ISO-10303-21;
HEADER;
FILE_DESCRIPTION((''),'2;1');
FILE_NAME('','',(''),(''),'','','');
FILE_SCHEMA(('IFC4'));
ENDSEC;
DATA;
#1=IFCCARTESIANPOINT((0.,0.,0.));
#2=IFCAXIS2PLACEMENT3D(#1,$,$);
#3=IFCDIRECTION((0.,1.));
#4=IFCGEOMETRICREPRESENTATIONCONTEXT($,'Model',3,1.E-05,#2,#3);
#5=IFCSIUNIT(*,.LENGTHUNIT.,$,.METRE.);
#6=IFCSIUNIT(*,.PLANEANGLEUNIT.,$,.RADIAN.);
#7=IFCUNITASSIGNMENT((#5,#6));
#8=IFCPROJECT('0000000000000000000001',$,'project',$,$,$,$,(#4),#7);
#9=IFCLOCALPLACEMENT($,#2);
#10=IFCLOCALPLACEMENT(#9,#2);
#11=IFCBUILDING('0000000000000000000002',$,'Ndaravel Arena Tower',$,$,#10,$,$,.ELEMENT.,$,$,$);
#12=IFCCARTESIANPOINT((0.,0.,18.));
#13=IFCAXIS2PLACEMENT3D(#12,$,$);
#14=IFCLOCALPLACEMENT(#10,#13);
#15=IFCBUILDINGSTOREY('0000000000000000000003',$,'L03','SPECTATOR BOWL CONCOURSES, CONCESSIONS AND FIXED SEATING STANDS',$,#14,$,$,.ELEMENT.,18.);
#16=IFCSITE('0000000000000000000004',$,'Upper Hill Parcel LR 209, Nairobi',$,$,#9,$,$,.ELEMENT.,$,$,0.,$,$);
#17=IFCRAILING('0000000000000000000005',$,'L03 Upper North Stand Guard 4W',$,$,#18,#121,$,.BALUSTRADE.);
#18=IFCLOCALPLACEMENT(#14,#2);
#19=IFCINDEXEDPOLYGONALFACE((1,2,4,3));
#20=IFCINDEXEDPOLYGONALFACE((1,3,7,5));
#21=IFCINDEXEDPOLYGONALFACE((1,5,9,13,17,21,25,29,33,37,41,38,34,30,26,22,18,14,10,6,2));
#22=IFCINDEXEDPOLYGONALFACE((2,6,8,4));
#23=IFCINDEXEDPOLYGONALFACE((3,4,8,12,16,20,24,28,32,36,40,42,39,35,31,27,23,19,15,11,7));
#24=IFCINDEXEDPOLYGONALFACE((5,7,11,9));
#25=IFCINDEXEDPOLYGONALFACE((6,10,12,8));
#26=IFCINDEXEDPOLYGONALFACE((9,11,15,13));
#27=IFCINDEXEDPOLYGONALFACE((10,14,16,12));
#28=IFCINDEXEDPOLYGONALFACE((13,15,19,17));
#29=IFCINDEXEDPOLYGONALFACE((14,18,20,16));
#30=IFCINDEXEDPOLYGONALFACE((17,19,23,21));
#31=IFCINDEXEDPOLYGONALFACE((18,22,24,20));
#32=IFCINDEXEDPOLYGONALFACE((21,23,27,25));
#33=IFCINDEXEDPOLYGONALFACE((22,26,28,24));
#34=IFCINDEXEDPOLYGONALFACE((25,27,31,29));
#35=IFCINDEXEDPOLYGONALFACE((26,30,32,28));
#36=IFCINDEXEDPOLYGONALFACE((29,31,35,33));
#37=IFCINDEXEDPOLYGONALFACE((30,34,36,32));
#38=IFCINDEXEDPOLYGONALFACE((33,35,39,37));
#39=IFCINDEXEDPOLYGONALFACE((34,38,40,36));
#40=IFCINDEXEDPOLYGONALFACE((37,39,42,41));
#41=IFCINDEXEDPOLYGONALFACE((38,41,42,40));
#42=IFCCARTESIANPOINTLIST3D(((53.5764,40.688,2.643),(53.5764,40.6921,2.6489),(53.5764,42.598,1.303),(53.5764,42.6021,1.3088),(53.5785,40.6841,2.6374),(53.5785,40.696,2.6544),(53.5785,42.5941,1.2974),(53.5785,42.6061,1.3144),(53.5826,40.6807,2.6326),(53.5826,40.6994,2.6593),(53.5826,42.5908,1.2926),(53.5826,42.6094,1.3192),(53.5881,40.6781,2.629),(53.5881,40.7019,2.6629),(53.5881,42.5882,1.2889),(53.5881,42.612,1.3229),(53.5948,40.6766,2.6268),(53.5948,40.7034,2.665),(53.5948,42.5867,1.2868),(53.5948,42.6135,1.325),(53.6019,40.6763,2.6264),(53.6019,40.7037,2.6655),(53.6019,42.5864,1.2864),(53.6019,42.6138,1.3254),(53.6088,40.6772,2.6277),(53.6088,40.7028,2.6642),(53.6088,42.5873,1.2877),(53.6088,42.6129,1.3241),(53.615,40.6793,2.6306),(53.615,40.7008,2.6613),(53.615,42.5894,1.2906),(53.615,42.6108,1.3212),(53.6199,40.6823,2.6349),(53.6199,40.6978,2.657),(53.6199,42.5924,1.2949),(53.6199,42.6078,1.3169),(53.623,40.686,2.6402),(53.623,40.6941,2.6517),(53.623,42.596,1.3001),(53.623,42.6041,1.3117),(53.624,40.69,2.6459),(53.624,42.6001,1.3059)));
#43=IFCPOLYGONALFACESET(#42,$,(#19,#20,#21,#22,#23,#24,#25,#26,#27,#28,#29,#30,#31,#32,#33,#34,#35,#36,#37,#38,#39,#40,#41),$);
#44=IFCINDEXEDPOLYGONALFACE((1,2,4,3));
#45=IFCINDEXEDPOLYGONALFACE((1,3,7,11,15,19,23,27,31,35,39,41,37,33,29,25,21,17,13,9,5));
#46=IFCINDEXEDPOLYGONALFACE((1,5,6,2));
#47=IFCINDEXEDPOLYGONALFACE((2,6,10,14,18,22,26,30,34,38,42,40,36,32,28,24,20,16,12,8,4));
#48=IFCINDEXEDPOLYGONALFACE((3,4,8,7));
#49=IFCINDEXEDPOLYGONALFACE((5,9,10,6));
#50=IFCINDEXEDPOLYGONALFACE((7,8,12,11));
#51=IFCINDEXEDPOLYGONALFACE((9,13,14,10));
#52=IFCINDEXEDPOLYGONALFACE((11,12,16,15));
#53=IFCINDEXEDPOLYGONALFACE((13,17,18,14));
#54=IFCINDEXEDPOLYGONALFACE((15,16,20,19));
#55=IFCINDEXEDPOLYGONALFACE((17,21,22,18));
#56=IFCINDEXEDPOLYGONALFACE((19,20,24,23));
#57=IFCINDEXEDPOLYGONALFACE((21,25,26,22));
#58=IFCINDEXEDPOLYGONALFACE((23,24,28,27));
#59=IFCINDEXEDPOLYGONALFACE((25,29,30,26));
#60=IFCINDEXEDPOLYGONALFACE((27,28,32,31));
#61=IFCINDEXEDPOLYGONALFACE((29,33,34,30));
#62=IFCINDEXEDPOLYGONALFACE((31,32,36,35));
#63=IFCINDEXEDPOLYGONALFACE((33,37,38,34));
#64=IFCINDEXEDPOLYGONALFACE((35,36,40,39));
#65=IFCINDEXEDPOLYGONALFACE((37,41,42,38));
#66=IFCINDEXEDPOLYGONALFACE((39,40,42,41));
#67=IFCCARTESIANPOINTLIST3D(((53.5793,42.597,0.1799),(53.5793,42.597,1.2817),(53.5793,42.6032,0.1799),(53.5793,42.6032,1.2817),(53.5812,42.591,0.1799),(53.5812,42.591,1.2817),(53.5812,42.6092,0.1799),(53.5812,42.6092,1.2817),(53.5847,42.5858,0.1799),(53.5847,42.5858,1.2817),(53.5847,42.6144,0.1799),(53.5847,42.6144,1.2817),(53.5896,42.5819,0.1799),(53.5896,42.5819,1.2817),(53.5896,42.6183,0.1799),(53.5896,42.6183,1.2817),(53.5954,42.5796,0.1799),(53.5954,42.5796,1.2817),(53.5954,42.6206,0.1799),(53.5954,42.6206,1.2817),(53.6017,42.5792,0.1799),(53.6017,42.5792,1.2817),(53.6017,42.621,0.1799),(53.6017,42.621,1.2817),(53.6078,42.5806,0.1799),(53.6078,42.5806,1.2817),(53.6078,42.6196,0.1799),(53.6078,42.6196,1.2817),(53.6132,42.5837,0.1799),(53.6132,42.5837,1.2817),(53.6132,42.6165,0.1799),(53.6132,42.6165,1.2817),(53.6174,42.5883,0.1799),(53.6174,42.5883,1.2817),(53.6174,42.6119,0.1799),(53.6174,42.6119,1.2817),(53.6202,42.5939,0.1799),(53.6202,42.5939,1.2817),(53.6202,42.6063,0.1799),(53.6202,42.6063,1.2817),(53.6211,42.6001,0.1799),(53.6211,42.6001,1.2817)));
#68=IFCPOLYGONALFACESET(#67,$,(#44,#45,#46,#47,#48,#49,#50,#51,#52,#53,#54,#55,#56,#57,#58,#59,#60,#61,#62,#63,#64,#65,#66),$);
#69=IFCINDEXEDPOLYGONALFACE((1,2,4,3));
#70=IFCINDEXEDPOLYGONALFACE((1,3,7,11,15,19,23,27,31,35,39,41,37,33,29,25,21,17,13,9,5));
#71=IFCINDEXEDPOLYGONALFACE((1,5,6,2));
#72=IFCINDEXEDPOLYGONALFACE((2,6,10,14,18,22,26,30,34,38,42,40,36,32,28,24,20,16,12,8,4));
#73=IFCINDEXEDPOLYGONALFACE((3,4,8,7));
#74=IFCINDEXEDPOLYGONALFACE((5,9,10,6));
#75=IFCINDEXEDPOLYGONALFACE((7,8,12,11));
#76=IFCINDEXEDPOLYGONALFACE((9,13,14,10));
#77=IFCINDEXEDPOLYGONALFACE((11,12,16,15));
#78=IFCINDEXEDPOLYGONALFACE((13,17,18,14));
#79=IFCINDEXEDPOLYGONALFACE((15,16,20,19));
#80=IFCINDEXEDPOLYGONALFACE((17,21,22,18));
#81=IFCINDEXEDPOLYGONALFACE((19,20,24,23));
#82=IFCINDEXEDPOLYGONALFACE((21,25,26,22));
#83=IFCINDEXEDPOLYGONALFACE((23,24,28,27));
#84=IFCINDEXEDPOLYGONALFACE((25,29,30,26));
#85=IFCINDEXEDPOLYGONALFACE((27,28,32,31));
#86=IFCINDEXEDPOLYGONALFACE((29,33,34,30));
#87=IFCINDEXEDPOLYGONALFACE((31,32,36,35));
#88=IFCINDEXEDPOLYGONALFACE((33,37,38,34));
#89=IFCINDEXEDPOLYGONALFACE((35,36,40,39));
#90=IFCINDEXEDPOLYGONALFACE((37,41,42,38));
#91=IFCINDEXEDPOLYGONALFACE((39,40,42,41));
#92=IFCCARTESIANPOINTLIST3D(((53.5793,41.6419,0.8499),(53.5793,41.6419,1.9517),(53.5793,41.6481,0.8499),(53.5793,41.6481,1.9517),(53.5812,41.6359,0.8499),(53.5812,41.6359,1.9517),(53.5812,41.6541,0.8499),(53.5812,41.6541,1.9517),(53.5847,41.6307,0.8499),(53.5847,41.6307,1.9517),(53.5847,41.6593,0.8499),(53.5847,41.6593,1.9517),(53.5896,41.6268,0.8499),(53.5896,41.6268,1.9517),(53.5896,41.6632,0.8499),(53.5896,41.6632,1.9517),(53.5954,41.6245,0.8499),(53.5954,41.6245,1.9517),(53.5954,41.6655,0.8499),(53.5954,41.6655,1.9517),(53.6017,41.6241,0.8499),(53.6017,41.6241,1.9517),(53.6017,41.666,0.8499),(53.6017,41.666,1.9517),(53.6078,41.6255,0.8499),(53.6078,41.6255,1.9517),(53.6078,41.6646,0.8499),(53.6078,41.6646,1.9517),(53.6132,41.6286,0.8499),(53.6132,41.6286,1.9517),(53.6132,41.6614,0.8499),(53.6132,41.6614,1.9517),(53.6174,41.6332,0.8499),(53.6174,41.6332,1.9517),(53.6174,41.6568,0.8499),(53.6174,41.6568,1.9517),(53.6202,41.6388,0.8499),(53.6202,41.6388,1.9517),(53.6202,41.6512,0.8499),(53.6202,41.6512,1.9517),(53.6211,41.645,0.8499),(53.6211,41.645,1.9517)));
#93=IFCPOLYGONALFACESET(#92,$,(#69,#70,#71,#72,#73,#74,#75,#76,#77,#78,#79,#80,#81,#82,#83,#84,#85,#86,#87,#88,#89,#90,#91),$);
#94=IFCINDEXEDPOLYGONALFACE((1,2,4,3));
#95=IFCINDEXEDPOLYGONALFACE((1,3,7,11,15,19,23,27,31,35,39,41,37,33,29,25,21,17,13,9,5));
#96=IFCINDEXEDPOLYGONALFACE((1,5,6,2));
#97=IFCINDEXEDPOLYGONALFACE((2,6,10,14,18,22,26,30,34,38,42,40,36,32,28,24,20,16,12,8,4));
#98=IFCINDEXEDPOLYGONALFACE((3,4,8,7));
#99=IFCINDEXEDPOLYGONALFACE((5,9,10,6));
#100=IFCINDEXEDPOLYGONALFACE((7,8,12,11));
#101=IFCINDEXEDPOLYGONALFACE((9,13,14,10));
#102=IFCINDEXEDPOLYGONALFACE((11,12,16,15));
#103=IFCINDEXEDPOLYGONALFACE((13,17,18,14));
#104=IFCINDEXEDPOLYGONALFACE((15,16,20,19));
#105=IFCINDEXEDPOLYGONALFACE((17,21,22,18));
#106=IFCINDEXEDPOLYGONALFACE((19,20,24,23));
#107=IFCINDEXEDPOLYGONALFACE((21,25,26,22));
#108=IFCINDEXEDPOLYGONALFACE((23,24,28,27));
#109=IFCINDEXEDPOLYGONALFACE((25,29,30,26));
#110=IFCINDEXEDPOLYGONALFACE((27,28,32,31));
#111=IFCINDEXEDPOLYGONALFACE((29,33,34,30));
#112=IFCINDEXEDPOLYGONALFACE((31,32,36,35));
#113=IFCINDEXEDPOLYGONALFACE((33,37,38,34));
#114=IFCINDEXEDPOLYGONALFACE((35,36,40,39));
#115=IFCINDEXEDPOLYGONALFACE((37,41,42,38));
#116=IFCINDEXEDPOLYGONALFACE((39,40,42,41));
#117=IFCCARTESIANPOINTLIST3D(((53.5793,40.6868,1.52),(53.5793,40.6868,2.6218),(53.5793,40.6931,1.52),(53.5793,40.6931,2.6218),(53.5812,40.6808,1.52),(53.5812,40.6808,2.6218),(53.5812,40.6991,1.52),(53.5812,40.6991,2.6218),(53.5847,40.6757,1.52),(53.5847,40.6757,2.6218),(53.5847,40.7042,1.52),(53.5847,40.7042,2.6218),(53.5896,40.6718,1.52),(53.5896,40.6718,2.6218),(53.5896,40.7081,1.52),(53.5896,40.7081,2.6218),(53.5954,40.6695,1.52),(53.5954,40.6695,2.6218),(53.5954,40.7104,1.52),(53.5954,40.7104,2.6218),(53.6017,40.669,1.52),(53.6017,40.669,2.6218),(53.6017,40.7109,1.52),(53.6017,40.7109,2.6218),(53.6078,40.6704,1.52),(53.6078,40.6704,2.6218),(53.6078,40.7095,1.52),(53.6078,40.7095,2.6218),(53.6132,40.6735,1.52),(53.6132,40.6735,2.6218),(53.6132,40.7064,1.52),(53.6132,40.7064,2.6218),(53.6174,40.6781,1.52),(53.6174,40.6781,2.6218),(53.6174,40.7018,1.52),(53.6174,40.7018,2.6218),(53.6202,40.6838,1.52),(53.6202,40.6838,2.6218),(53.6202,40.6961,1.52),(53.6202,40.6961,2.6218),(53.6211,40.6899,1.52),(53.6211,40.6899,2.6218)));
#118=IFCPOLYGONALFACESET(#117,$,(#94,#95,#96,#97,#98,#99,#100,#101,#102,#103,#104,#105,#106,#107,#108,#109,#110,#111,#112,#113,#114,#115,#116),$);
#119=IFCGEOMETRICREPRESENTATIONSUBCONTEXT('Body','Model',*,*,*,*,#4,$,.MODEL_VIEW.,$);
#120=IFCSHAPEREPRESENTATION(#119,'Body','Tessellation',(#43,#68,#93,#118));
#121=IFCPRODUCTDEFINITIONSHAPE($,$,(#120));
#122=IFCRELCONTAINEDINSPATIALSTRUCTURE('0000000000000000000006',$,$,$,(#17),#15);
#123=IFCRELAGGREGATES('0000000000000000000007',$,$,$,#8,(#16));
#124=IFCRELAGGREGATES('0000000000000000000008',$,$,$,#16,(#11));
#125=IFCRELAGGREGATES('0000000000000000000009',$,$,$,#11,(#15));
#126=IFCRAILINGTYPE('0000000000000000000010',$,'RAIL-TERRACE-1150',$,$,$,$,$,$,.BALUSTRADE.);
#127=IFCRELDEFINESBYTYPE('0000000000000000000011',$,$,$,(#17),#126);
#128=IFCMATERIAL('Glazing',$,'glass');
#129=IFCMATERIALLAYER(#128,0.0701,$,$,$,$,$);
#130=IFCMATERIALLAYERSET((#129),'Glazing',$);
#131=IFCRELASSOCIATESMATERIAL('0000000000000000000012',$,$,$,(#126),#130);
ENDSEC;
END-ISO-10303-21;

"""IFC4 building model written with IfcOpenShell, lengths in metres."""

from ifc_helpers import new_model, si_unit, direction, frame, origin, origin_2d, place, context, subcontext, project, spatial, circle, extrude, material, layer, layer_set, type_object, element, save


model = new_model("IFC4")

# Units and contexts
model_context = context("Model", 3, precision=1e-05, world=origin(), true_north=direction((0.0, 1.0)))
body_context = subcontext(model_context, "Body", "Model", "MODEL_VIEW")
ifc_project = project(units=[si_unit("LENGTHUNIT", "METRE"), si_unit("PLANEANGLEUNIT", "RADIAN")], contexts=[model_context])

# Site, building, storey
site_placement = place(None, origin())
site = spatial("IfcSite", under=ifc_project, at=site_placement, Name="Upper Hill Parcel LR 209, Nairobi", CompositionType="ELEMENT", RefElevation=0.0)
building_placement = place(site_placement, origin())
building = spatial("IfcBuilding", under=site, at=building_placement, Name="Ndaravel Arena Tower", CompositionType="ELEMENT")
storey_placement = place(building_placement, frame((0.0, 0.0, 18.0)))
storey = spatial("IfcBuildingStorey", under=building, at=storey_placement, Name="L03", Description="SPECTATOR BOWL CONCOURSES, CONCESSIONS AND FIXED SEATING STANDS", CompositionType="ELEMENT", Elevation=18.0)

# Railing
ifc_material_1 = material(Name="Glazing", Category="glass")
ifc_layer_1 = layer(ifc_material_1, 0.0701)
ifc_layer_set_1 = layer_set([ifc_layer_1], Name="Glazing")
railing_type = type_object("IfcRailingType", Name="RAIL-TERRACE-1150", PredefinedType="BALUSTRADE", material=ifc_layer_set_1)
railing_1_placement = place(storey_placement, frame((53.6001, 42.6001, 0.1799)))
element("IfcRailing", 1, at=railing_1_placement, inside=storey, type_object=railing_type, Name="L03 Upper North Stand Guard 4W", PredefinedType="BALUSTRADE", context=body_context, shape_type="SweptSolid", body=[
    extrude(circle(Radius=0.0239, at=origin_2d()), frame((0.0, 0.0, 1.126), z_axis=(0.0, -0.818632, 0.574319), x_axis=(1.0, 0.0, 0.0)), (0.0, 0.0, 1.0), 2.3333),
    extrude(circle(Radius=0.021, at=origin_2d()), origin(), (0.0, 0.0, 1.0), 1.1018),
    extrude(circle(Radius=0.021, at=origin_2d()), frame((0.0, -0.9551, 0.6699)), (0.0, 0.0, 1.0), 1.1018),
    extrude(circle(Radius=0.021, at=origin_2d()), frame((0.0, -1.9102, 1.3401)), (0.0, 0.0, 1.0), 1.1018),
])

save(model, "model.ifc")
